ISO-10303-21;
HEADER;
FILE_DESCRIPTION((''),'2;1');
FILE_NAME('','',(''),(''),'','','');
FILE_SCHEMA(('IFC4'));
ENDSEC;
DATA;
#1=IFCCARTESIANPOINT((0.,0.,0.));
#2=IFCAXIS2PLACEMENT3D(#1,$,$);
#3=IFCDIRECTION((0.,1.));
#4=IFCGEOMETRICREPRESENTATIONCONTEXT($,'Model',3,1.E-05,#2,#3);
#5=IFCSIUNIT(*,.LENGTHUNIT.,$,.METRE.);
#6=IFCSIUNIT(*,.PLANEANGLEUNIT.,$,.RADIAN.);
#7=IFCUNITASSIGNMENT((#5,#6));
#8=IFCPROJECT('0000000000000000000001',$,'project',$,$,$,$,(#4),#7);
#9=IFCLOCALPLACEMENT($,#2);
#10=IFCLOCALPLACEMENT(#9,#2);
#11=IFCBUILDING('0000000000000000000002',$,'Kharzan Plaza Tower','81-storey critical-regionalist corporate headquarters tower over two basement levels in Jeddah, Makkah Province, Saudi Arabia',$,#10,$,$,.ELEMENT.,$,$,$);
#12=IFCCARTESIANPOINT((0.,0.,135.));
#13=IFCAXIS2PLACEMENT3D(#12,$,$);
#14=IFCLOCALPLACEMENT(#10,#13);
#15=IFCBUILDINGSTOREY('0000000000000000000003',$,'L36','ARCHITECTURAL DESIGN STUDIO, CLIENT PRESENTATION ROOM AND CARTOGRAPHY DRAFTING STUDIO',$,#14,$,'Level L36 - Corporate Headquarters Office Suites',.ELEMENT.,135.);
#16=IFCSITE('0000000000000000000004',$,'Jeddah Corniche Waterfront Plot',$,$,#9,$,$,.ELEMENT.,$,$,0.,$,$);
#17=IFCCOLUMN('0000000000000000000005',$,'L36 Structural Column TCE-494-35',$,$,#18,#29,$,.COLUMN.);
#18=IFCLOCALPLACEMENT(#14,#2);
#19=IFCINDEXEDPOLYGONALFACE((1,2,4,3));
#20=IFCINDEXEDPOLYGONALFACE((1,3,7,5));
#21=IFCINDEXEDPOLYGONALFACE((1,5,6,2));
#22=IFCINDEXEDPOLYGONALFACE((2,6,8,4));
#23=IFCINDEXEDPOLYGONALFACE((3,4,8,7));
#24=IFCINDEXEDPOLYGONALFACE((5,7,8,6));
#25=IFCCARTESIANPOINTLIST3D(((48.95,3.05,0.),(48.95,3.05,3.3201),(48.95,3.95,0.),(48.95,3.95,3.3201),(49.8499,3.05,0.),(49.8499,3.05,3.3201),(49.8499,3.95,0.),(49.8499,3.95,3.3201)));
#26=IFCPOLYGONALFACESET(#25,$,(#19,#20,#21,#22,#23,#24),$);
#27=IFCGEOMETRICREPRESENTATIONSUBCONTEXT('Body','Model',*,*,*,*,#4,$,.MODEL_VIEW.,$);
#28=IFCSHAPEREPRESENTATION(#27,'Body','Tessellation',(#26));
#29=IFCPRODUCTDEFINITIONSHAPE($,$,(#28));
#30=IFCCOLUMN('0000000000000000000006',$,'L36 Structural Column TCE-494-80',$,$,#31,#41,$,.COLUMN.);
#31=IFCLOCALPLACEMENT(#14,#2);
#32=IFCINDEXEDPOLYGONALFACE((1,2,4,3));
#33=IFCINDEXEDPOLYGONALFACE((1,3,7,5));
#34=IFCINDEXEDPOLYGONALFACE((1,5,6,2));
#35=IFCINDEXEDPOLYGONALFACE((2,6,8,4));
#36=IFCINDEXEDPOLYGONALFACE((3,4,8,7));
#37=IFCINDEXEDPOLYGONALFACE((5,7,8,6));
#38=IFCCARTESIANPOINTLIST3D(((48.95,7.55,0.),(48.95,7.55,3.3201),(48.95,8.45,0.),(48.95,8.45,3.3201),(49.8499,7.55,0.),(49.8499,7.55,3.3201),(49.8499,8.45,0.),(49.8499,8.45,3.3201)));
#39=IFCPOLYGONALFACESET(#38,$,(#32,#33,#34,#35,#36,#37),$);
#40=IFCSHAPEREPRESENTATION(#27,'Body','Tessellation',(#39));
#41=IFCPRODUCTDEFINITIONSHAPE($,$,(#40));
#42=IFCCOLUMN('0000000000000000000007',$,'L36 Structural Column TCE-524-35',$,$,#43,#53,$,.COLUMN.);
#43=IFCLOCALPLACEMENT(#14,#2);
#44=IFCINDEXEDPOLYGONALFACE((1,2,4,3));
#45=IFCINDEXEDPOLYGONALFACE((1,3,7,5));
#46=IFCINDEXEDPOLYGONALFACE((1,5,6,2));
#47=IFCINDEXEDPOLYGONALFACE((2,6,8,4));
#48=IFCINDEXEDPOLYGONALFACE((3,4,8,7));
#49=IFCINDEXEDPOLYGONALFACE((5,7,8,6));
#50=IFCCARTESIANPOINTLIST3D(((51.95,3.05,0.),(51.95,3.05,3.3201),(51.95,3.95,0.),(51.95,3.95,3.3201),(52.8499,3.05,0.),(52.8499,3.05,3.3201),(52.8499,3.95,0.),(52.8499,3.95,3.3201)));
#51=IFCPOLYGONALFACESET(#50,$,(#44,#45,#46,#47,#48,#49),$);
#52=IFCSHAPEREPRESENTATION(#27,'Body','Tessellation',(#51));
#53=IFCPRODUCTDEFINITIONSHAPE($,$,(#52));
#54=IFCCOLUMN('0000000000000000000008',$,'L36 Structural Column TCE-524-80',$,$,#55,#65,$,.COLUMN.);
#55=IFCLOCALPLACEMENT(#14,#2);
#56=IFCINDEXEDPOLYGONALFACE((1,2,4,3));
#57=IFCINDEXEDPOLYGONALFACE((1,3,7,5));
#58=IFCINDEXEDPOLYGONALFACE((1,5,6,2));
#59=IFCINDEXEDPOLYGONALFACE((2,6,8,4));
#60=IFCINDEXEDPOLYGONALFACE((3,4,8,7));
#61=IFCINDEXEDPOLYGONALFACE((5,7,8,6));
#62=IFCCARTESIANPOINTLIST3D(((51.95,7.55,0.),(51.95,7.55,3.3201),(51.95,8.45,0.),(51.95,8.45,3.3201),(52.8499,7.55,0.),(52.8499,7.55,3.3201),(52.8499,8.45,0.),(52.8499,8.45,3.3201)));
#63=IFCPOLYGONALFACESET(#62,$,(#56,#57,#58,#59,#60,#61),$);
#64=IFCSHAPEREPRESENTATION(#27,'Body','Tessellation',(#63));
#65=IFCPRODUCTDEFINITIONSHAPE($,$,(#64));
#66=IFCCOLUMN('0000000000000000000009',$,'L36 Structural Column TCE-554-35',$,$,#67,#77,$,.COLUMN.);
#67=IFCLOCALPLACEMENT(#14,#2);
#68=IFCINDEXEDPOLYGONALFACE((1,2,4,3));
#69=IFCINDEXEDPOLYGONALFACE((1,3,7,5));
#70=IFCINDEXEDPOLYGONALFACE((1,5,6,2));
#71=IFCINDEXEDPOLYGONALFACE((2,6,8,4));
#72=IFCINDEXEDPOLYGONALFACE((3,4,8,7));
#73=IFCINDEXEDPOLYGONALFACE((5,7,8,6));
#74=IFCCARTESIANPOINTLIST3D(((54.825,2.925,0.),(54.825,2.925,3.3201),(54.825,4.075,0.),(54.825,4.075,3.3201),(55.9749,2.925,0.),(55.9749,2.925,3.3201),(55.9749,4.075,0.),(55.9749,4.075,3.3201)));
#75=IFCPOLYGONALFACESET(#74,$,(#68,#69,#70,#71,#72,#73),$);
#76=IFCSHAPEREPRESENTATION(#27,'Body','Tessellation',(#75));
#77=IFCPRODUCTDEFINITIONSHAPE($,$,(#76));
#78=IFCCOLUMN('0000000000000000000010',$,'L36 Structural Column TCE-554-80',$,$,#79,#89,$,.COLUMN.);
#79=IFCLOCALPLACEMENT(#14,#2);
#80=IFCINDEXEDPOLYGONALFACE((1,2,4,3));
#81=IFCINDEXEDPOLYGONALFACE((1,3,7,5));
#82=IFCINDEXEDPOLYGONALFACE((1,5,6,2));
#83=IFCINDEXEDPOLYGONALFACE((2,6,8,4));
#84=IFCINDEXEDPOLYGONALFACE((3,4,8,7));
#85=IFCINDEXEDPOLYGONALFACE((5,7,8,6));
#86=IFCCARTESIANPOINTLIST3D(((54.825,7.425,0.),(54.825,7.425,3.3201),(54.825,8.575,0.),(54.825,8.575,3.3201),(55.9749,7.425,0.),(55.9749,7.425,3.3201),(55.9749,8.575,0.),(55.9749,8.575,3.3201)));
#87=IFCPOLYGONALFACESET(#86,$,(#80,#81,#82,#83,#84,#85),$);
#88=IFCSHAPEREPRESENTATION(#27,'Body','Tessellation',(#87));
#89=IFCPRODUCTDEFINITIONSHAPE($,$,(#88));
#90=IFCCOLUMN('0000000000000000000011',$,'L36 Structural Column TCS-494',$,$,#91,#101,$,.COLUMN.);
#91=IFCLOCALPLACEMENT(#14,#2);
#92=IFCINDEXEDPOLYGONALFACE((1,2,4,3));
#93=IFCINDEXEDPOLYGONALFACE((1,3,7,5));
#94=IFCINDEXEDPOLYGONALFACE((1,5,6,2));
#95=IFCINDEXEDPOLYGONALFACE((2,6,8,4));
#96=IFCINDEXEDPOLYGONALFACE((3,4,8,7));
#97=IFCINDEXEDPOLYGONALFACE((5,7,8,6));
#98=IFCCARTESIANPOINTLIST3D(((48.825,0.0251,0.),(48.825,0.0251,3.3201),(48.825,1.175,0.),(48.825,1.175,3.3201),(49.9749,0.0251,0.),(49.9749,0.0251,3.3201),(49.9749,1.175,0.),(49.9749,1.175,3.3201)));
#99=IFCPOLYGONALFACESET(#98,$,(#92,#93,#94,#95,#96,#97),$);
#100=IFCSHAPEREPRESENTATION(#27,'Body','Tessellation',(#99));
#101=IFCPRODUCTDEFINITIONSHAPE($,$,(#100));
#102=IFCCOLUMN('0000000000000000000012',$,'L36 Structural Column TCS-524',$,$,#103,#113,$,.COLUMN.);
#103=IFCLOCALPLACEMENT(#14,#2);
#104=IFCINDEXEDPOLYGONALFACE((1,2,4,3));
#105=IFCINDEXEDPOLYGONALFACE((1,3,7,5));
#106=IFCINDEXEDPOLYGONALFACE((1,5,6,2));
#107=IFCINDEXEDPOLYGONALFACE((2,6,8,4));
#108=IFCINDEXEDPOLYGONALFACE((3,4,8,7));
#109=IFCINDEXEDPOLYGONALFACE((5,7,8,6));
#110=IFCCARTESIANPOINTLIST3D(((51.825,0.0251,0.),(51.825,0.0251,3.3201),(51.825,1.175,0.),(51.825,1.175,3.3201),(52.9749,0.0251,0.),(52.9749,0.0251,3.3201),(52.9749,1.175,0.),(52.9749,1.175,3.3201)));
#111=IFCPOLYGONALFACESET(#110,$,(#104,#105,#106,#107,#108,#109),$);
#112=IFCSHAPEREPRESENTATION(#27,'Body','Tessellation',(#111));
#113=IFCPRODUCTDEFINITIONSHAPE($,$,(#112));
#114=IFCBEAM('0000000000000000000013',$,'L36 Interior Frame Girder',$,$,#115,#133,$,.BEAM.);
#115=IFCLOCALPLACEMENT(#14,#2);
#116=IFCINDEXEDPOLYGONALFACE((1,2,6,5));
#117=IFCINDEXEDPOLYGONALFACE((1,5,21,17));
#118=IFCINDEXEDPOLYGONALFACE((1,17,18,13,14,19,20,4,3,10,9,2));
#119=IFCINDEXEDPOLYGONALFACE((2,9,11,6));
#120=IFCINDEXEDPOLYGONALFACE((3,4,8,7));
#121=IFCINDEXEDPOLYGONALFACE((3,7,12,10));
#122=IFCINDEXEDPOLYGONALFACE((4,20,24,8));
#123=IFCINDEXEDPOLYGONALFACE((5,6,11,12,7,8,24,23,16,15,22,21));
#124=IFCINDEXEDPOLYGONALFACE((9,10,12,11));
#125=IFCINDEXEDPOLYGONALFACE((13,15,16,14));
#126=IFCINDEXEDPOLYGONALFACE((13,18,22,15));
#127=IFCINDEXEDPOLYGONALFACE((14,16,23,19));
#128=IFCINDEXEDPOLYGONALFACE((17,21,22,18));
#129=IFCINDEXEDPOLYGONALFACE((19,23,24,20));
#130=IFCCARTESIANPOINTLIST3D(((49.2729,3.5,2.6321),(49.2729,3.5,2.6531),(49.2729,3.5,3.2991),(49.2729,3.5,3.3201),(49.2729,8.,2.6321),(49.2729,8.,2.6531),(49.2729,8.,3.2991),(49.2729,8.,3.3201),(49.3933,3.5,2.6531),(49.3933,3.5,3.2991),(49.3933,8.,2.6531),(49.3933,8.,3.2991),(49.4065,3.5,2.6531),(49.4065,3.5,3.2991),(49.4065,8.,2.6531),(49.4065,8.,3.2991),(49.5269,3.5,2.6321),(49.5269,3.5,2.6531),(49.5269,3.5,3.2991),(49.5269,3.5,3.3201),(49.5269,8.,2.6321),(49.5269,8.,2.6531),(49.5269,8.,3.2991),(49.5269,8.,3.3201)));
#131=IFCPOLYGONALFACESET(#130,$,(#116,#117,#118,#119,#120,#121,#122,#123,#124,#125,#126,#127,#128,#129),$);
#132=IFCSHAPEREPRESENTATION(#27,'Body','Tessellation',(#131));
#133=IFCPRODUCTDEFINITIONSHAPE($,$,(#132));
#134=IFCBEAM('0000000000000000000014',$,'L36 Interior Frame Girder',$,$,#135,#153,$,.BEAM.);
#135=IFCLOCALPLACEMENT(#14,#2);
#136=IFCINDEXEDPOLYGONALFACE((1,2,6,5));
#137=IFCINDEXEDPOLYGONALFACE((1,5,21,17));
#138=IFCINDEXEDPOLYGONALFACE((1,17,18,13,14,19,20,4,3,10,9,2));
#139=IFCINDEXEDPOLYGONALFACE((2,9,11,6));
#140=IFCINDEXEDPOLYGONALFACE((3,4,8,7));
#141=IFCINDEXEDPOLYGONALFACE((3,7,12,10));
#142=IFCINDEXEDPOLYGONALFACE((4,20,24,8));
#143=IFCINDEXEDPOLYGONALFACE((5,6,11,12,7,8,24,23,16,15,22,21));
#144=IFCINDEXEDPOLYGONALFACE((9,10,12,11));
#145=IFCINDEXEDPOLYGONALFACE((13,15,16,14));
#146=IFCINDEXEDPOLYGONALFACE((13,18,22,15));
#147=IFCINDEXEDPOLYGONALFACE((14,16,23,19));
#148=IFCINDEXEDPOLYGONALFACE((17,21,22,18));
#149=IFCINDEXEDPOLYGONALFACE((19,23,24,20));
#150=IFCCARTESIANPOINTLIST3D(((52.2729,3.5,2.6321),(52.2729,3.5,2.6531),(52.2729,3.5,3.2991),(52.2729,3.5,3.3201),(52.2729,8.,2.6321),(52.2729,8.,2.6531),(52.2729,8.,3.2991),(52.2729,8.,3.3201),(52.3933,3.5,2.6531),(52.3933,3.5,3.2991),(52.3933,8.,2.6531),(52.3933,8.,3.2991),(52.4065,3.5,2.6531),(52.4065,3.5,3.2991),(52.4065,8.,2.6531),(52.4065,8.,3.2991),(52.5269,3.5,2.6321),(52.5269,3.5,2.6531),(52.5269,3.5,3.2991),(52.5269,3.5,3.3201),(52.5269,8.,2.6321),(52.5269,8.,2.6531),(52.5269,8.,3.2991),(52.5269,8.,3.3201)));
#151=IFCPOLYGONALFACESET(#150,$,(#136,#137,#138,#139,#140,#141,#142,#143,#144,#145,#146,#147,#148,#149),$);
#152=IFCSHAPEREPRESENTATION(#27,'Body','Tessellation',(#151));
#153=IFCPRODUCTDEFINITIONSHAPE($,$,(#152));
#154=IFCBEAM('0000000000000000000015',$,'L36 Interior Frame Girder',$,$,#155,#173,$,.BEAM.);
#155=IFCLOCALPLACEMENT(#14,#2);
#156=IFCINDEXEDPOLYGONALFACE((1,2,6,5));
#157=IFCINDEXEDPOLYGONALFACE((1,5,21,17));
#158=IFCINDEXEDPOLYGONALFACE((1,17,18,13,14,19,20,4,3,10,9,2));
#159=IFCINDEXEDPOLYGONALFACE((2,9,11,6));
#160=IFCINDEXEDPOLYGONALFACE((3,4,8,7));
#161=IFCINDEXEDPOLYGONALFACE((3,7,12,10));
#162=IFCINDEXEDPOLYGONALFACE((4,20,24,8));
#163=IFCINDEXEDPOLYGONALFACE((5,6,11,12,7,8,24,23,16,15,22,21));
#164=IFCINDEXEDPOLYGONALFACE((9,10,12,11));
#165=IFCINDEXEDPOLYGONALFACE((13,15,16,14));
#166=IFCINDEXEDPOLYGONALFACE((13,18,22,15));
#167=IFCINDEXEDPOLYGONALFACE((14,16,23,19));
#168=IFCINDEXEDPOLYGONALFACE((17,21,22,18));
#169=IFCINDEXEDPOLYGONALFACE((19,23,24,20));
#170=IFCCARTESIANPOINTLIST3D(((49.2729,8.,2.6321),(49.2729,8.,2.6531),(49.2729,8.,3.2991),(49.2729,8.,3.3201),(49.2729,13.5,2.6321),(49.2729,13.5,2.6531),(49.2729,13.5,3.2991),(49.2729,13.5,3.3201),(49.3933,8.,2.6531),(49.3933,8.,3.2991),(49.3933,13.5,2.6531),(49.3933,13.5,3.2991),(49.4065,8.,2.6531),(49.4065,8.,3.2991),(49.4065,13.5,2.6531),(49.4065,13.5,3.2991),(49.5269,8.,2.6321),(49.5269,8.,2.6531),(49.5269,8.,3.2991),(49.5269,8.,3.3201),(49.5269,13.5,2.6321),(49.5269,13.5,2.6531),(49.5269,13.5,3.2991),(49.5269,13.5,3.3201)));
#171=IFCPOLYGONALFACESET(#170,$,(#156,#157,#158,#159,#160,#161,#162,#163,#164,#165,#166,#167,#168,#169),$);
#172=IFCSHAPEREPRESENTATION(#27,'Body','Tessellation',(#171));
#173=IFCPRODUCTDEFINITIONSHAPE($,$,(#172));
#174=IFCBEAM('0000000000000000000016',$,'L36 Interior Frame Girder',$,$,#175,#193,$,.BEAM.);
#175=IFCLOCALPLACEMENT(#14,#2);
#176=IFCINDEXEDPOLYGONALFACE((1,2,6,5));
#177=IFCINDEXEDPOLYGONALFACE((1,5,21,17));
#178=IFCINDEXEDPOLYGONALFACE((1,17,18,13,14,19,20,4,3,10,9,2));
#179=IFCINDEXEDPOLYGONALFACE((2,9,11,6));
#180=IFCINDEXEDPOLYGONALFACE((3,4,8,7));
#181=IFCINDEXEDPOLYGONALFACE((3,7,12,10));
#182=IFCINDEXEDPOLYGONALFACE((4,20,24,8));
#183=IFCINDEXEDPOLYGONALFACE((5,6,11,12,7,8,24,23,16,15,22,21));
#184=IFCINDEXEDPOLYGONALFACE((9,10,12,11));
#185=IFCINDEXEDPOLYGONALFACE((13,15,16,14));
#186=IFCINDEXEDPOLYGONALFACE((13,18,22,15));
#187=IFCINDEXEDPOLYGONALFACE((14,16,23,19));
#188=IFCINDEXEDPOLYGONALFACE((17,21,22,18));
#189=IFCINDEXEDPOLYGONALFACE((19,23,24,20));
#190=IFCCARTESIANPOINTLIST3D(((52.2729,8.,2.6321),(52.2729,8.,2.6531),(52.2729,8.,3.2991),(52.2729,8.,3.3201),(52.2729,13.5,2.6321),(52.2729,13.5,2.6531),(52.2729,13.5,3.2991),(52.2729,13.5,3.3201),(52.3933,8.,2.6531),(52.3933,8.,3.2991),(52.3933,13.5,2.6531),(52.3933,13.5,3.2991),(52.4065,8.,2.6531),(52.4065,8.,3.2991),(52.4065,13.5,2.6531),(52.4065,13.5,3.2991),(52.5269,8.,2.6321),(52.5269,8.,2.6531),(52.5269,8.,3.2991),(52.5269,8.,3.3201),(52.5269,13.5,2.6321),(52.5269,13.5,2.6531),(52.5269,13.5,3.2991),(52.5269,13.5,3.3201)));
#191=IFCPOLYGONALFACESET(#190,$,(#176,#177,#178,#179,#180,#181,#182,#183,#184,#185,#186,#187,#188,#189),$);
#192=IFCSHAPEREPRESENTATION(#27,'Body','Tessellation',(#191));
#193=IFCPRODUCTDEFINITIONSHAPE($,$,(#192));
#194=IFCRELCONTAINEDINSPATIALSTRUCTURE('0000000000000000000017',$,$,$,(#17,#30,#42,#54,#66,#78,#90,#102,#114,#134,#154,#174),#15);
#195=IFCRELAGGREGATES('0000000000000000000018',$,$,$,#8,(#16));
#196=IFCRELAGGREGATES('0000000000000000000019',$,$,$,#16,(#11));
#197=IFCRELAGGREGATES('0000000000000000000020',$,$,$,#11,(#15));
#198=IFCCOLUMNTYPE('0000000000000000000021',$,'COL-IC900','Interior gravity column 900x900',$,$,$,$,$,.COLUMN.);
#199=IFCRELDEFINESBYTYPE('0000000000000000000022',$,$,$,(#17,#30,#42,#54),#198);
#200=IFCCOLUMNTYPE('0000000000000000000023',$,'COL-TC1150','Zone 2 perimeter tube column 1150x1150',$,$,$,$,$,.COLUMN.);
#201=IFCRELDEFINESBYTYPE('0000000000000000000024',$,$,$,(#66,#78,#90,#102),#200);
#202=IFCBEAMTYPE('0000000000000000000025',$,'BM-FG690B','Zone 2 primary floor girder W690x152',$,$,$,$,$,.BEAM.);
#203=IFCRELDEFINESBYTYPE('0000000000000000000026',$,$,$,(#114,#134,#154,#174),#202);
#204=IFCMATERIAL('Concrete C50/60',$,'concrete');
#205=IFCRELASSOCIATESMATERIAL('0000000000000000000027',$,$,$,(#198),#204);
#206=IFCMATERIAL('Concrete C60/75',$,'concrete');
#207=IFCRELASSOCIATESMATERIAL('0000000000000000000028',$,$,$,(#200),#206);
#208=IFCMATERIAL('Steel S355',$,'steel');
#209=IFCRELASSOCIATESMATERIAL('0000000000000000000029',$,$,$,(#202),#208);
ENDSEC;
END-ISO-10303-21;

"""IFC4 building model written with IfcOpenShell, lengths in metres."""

from ifc_helpers import new_model, si_unit, direction, frame, origin, origin_2d, place, context, subcontext, project, spatial, rectangle, i_section, extrude, source, transform, mapped, material, material_profile, profile_set, type_object, element, save


model = new_model("IFC4")

# Units and contexts
model_context = context("Model", 3, precision=1e-05, world=origin(), true_north=direction((0.0, 1.0)))
body_context = subcontext(model_context, "Body", "Model", "MODEL_VIEW")
ifc_project = project(units=[si_unit("LENGTHUNIT", "METRE"), si_unit("PLANEANGLEUNIT", "RADIAN")], contexts=[model_context])

# Site, building, storey
site_placement = place(None, origin())
site = spatial("IfcSite", under=ifc_project, at=site_placement, Name="Jeddah Corniche Waterfront Plot", CompositionType="ELEMENT", RefElevation=0.0)
building_placement = place(site_placement, origin())
building = spatial("IfcBuilding", under=site, at=building_placement, Name="Kharzan Plaza Tower", Description="81-storey critical-regionalist corporate headquarters tower over two basement levels in Jeddah, Makkah Province, Saudi Arabia", CompositionType="ELEMENT")
storey_placement = place(building_placement, frame((0.0, 0.0, 135.0)))
storey = spatial("IfcBuildingStorey", under=building, at=storey_placement, Name="L36", Description="ARCHITECTURAL DESIGN STUDIO, CLIENT PRESENTATION ROOM AND CARTOGRAPHY DRAFTING STUDIO", LongName="Level L36 - Corporate Headquarters Office Suites", CompositionType="ELEMENT", Elevation=135.0)

# Columns
ifc_material_1 = material(Name="Concrete C50/60", Category="concrete")
ifc_material_profile_1 = material_profile(ifc_material_1, rectangle(XDim=0.8999, YDim=0.8999, at=origin_2d()), Name="RC-IC900x900")
ifc_profile_set_1 = profile_set([ifc_material_profile_1], Name="Concrete C50/60")
column_type_1 = type_object("IfcColumnType", Name="COL-IC900", Description="Interior gravity column 900x900", PredefinedType="COLUMN", material=ifc_profile_set_1)
shared_shape_1 = source(origin(), body_context, "Body", "SweptSolid", [
    extrude(rectangle(XDim=0.8999, YDim=0.8999, at=origin_2d()), origin(), (0.0, 0.0, 1.0), 3.3201),
])
for number, where, z_axis, x_axis, name in (
    (1, (49.3999, 3.5, 0.0), (0.0, 0.0, 1.0), (1.0, 0.0, 0.0), "L36 Structural Column TCE-494-35"),
    (2, (49.3999, 8.0, 0.0), (0.0, 0.0, 1.0), (1.0, 0.0, 0.0), "L36 Structural Column TCE-494-80"),
    (3, (52.3999, 3.5, 0.0), (0.0, 0.0, 1.0), (1.0, 0.0, 0.0), "L36 Structural Column TCE-524-35"),
    (4, (52.3999, 8.0, 0.0), (0.0, 0.0, 1.0), (1.0, 0.0, 0.0), "L36 Structural Column TCE-524-80"),
):
    element("IfcColumn", number, at=place(storey_placement, frame(where, z_axis=z_axis, x_axis=x_axis)), inside=storey, type_object=column_type_1, Name=name, PredefinedType="COLUMN", context=body_context, shape_type="MappedRepresentation", body=[
        mapped(shared_shape_1, transform((0.0, 0.0, 0.0), x_axis=(1.0, 0.0, 0.0), y_axis=(0.0, 1.0, 0.0), z_axis=(0.0, 0.0, 1.0))),
    ])
ifc_material_2 = material(Name="Concrete C60/75", Category="concrete")
ifc_material_profile_2 = material_profile(ifc_material_2, rectangle(XDim=1.1499, YDim=1.1499, at=origin_2d()), Name="RC-TC1150x1150")
ifc_profile_set_2 = profile_set([ifc_material_profile_2], Name="Concrete C60/75")
column_type_2 = type_object("IfcColumnType", Name="COL-TC1150", Description="Zone 2 perimeter tube column 1150x1150", PredefinedType="COLUMN", material=ifc_profile_set_2)
shared_shape_2 = source(origin(), body_context, "Body", "SweptSolid", [
    extrude(rectangle(XDim=1.1499, YDim=1.1499, at=origin_2d()), origin(), (0.0, 0.0, 1.0), 3.3201),
])
for number, where, z_axis, x_axis, name in (
    (5, (55.3999, 3.5, 0.0), (0.0, 0.0, 1.0), (1.0, 0.0, 0.0), "L36 Structural Column TCE-554-35"),
    (6, (55.3999, 8.0, 0.0), (0.0, 0.0, 1.0), (1.0, 0.0, 0.0), "L36 Structural Column TCE-554-80"),
    (7, (49.3999, 0.6001, 0.0), (0.0, 0.0, 1.0), (1.0, 0.0, 0.0), "L36 Structural Column TCS-494"),
    (8, (52.3999, 0.6001, 0.0), (0.0, 0.0, 1.0), (1.0, 0.0, 0.0), "L36 Structural Column TCS-524"),
):
    element("IfcColumn", number, at=place(storey_placement, frame(where, z_axis=z_axis, x_axis=x_axis)), inside=storey, type_object=column_type_2, Name=name, PredefinedType="COLUMN", context=body_context, shape_type="MappedRepresentation", body=[
        mapped(shared_shape_2, transform((0.0, 0.0, 0.0), x_axis=(1.0, 0.0, 0.0), y_axis=(0.0, 1.0, 0.0), z_axis=(0.0, 0.0, 1.0))),
    ])

# Beams
ifc_material_3 = material(Name="Steel S355", Category="steel")
ifc_material_profile_3 = material_profile(ifc_material_3, i_section(OverallWidth=0.2539, OverallDepth=0.688, WebThickness=0.0132, FlangeThickness=0.021, at=origin_2d()), Name="W690x152")
ifc_profile_set_3 = profile_set([ifc_material_profile_3], Name="Steel S355")
beam_type_1 = type_object("IfcBeamType", Name="BM-FG690B", Description="Zone 2 primary floor girder W690x152", PredefinedType="BEAM", material=ifc_profile_set_3)
shared_shape_3 = source(origin(), body_context, "Body", "SweptSolid", [
    extrude(i_section(OverallWidth=0.2539, OverallDepth=0.688, WebThickness=0.0132, FlangeThickness=0.021, at=origin_2d()), origin(), (0.0, 0.0, 1.0), 4.5),
])
for number, where, z_axis, x_axis, name in (
    (9, (49.3999, 3.5, 2.9761), (0.0, 1.0, 0.0), (-1.0, 0.0, 0.0), "L36 Interior Frame Girder"),
    (10, (52.3999, 3.5, 2.9761), (0.0, 1.0, 0.0), (-1.0, 0.0, 0.0), "L36 Interior Frame Girder"),
):
    element("IfcBeam", number, at=place(storey_placement, frame(where, z_axis=z_axis, x_axis=x_axis)), inside=storey, type_object=beam_type_1, Name=name, PredefinedType="BEAM", context=body_context, shape_type="MappedRepresentation", body=[
        mapped(shared_shape_3, transform((0.0, 0.0, 0.0), x_axis=(1.0, 0.0, 0.0), y_axis=(0.0, 1.0, 0.0), z_axis=(0.0, 0.0, 1.0))),
    ])
shared_shape_4 = source(origin(), body_context, "Body", "SweptSolid", [
    extrude(i_section(OverallWidth=0.2539, OverallDepth=0.688, WebThickness=0.0132, FlangeThickness=0.021, at=origin_2d()), origin(), (0.0, 0.0, 1.0), 5.5),
])
for number, where, z_axis, x_axis, name in (
    (11, (49.3999, 8.0, 2.9761), (0.0, 1.0, 0.0), (-1.0, 0.0, 0.0), "L36 Interior Frame Girder"),
    (12, (52.3999, 8.0, 2.9761), (0.0, 1.0, 0.0), (-1.0, 0.0, 0.0), "L36 Interior Frame Girder"),
):
    element("IfcBeam", number, at=place(storey_placement, frame(where, z_axis=z_axis, x_axis=x_axis)), inside=storey, type_object=beam_type_1, Name=name, PredefinedType="BEAM", context=body_context, shape_type="MappedRepresentation", body=[
        mapped(shared_shape_4, transform((0.0, 0.0, 0.0), x_axis=(1.0, 0.0, 0.0), y_axis=(0.0, 1.0, 0.0), z_axis=(0.0, 0.0, 1.0))),
    ])

save(model, "model.ifc")
